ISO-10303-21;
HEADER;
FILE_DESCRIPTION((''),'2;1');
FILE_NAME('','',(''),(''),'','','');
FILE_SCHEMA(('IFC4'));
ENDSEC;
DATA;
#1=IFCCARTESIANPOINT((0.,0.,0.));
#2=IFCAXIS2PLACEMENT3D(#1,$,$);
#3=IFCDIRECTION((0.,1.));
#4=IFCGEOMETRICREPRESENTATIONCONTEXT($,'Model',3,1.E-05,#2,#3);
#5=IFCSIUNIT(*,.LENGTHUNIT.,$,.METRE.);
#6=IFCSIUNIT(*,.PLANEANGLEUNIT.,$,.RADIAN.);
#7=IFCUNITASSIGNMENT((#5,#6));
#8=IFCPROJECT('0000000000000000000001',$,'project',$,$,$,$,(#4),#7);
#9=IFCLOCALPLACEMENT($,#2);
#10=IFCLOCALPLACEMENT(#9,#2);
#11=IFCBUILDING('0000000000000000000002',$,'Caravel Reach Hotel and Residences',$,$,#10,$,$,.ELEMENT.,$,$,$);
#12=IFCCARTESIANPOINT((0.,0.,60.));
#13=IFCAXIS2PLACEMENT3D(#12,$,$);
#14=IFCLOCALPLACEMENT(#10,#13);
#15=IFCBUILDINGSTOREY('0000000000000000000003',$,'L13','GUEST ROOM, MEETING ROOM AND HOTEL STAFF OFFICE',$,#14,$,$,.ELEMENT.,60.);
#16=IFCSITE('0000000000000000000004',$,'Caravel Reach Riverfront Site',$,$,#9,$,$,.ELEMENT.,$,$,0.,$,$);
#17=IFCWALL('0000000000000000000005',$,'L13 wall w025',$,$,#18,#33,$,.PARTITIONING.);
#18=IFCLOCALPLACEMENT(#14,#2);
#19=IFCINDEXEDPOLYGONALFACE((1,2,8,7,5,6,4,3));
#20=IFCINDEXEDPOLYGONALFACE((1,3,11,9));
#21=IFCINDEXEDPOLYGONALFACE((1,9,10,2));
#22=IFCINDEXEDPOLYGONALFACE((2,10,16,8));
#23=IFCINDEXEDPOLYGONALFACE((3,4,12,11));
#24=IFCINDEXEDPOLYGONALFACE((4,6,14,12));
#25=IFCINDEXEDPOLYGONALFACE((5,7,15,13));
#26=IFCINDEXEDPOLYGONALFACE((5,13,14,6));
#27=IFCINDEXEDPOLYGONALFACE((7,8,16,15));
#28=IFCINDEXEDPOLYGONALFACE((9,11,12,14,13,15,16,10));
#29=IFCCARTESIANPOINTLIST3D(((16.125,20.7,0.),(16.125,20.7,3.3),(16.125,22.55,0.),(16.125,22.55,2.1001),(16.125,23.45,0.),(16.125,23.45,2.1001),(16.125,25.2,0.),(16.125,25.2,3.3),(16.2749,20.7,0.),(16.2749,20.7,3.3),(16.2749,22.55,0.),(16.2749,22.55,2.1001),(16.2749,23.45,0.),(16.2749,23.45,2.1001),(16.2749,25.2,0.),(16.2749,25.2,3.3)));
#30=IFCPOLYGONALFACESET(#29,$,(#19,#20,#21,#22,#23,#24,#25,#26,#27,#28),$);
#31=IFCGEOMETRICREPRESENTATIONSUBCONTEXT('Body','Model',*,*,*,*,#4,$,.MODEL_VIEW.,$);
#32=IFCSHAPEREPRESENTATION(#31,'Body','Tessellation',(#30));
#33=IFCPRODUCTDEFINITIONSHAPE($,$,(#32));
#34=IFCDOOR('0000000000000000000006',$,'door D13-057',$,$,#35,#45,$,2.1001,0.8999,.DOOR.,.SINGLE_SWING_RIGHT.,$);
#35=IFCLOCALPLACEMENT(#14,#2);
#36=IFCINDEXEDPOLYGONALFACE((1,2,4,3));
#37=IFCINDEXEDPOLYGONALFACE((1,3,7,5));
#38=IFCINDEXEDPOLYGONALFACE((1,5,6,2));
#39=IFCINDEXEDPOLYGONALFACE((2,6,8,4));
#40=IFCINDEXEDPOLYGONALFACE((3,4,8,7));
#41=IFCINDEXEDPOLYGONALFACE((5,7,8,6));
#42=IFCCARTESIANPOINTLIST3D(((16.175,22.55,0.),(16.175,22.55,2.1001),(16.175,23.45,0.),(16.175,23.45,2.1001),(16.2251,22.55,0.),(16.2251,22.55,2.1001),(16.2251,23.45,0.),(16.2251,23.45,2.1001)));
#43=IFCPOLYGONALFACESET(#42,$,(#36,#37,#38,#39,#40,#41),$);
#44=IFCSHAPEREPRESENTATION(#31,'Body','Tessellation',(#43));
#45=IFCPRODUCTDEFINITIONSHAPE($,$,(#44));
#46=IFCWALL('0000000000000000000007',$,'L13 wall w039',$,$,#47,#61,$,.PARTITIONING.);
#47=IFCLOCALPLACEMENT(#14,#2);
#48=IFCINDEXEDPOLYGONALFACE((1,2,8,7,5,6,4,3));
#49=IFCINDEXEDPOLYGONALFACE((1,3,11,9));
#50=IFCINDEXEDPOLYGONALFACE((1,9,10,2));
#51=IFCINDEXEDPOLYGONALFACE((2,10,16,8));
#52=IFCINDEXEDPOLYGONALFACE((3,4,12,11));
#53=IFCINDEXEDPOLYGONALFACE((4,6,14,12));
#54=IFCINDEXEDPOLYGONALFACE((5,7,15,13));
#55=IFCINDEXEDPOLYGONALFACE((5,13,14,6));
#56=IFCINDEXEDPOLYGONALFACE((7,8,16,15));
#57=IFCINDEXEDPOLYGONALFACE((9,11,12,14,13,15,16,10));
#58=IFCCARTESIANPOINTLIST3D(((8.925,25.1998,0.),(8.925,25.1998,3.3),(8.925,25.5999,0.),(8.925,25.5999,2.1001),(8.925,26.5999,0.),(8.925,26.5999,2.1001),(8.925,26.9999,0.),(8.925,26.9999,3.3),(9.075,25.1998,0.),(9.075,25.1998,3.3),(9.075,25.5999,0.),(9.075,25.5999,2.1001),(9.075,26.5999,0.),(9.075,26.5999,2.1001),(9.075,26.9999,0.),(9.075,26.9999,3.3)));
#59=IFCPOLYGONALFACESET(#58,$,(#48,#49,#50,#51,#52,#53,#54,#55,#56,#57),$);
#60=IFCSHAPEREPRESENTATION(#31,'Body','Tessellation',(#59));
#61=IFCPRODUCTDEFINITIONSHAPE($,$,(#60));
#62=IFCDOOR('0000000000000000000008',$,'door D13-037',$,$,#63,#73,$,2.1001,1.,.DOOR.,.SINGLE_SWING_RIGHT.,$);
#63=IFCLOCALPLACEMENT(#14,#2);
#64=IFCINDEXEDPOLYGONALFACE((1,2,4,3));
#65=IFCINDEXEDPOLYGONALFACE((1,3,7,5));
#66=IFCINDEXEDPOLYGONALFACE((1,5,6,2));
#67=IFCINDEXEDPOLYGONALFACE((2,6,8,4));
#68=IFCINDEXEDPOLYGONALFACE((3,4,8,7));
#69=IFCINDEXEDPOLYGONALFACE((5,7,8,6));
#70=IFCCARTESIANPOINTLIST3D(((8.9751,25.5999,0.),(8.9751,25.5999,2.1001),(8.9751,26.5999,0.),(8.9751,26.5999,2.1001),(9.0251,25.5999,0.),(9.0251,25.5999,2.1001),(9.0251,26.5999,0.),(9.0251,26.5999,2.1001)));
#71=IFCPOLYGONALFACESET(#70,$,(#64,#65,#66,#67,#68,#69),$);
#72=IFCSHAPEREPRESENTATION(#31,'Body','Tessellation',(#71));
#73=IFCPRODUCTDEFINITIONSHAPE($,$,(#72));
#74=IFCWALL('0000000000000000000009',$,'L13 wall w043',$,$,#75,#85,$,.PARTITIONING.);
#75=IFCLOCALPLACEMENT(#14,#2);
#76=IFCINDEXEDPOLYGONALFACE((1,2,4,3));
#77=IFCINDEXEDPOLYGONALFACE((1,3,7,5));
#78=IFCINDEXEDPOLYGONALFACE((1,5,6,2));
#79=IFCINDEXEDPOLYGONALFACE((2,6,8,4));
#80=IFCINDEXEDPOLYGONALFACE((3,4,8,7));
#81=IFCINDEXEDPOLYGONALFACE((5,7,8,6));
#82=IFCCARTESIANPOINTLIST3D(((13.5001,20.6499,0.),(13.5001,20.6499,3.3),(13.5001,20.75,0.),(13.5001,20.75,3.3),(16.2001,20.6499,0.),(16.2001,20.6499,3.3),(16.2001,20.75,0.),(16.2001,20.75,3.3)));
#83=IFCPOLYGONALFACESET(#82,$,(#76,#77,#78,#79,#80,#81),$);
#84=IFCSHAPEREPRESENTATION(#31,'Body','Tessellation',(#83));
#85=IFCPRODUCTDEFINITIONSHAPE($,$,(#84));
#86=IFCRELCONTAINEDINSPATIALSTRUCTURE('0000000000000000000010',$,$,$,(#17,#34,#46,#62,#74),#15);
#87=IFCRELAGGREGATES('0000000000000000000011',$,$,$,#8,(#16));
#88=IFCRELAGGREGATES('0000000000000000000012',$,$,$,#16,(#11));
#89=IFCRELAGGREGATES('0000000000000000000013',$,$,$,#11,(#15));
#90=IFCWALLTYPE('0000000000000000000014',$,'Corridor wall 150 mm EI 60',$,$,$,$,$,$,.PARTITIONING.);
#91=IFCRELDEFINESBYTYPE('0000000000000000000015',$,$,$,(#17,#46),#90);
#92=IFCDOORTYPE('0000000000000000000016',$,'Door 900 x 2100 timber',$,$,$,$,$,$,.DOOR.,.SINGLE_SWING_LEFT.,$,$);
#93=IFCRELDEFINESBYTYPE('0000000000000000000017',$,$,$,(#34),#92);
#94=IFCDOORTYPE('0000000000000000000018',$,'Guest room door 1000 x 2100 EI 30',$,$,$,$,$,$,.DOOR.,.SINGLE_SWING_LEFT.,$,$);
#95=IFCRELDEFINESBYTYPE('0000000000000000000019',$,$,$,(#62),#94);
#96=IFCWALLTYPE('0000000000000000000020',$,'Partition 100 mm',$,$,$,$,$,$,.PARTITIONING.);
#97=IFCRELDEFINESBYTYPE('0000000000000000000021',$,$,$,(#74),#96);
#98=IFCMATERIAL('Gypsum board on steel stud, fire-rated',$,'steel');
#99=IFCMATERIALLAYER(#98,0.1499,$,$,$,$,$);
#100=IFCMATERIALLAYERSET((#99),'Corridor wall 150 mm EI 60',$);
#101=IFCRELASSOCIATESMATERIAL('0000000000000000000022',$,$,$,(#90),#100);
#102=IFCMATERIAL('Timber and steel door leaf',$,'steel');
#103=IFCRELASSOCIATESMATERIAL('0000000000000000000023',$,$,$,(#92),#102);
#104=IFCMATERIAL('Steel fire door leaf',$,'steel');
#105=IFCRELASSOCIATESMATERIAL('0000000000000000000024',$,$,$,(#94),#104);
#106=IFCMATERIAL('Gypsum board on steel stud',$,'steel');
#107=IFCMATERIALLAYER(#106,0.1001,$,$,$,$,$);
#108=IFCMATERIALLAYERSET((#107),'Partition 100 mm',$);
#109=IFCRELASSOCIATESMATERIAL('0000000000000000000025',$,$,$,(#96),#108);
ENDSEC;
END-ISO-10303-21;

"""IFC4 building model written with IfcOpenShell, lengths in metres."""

from ifc_helpers import new_model, si_unit, direction, frame, frame_2d, origin, place, context, subcontext, project, spatial, rectangle, extrude, material, layer, layer_set, type_object, element, fill, save


model = new_model("IFC4")

# Units and contexts
model_context = context("Model", 3, precision=1e-05, world=origin(), true_north=direction((0.0, 1.0)))
body_context = subcontext(model_context, "Body", "Model", "MODEL_VIEW")
ifc_project = project(units=[si_unit("LENGTHUNIT", "METRE"), si_unit("PLANEANGLEUNIT", "RADIAN")], contexts=[model_context])

# Site, building, storey
site_placement = place(None, origin())
site = spatial("IfcSite", under=ifc_project, at=site_placement, Name="Caravel Reach Riverfront Site", CompositionType="ELEMENT", RefElevation=0.0)
building_placement = place(site_placement, origin())
building = spatial("IfcBuilding", under=site, at=building_placement, Name="Caravel Reach Hotel and Residences", CompositionType="ELEMENT")
storey_placement = place(building_placement, frame((0.0, 0.0, 60.0)))
storey = spatial("IfcBuildingStorey", under=building, at=storey_placement, Name="L13", Description="GUEST ROOM, MEETING ROOM AND HOTEL STAFF OFFICE", CompositionType="ELEMENT", Elevation=60.0)

# Shared definitions
ifc_material_1 = material(Name="Gypsum board on steel stud, fire-rated", Category="steel")
ifc_layer_1 = layer(ifc_material_1, 0.1499)
ifc_layer_set_1 = layer_set([ifc_layer_1], Name="Corridor wall 150 mm EI 60")
wall_type_1 = type_object("IfcWallType", Name="Corridor wall 150 mm EI 60", PredefinedType="PARTITIONING", material=ifc_layer_set_1)
ifc_material_2 = material(Name="Timber and steel door leaf", Category="steel")
door_type_1 = type_object("IfcDoorType", Name="Door 900 x 2100 timber", OperationType="SINGLE_SWING_LEFT", PredefinedType="DOOR", material=ifc_material_2)
ifc_material_3 = material(Name="Steel fire door leaf", Category="steel")
door_type_2 = type_object("IfcDoorType", Name="Guest room door 1000 x 2100 EI 30", OperationType="SINGLE_SWING_LEFT", PredefinedType="DOOR", material=ifc_material_3)

# Walls, openings, doors
wall_1_placement = place(storey_placement, frame((16.2, 20.7, 0.0), z_axis=(0.0, 0.0, 1.0), x_axis=(0.0, 1.0, 0.0)))
wall_1 = element("IfcWall", 1, at=wall_1_placement, inside=storey, type_object=wall_type_1, Name="L13 wall w025", PredefinedType="PARTITIONING", context=body_context, shape_type="SweptSolid", body=[
    extrude(rectangle(XDim=4.5, YDim=0.1499, at=frame_2d((2.25, 0.0))), origin(), (0.0, 0.0, 1.0), 3.3),
])
opening_1_placement = place(wall_1_placement, frame((1.8501, 0.0, 0.0)))
opening_1 = element("IfcOpeningElement", 2, at=opening_1_placement, cuts=wall_1, PredefinedType="OPENING", context=body_context, shape_type="SweptSolid", body=[
    extrude(rectangle(XDim=0.8999, YDim=2.1001, at=frame_2d((0.45, 1.05))), frame((0.0, 0.085, 0.0), z_axis=(0.0, -1.0, 0.0), x_axis=(1.0, 0.0, 0.0)), (0.0, 0.0, 1.0), 0.1699),
])
door_1_placement = place(opening_1_placement, origin())
door_1 = element("IfcDoor", 3, at=door_1_placement, inside=storey, type_object=door_type_1, Name="door D13-057", OperationType="SINGLE_SWING_RIGHT", OverallHeight=2.1001, OverallWidth=0.8999, PredefinedType="DOOR", context=body_context, shape_type="SweptSolid", body=[
    extrude(rectangle(XDim=0.8999, YDim=2.1001, at=frame_2d((0.45, 1.05))), frame((0.0, 0.0249, 0.0), z_axis=(0.0, -1.0, 0.0), x_axis=(1.0, 0.0, 0.0)), (0.0, 0.0, 1.0), 0.05),
])
fill(opening_1, door_1)
wall_2_placement = place(storey_placement, frame((9.0, 25.2, 0.0), z_axis=(0.0, 0.0, 1.0), x_axis=(0.0, 1.0, 0.0)))
wall_2 = element("IfcWall", 4, at=wall_2_placement, inside=storey, type_object=wall_type_1, Name="L13 wall w039", PredefinedType="PARTITIONING", context=body_context, shape_type="SweptSolid", body=[
    extrude(rectangle(XDim=1.8, YDim=0.1499, at=frame_2d((0.8999, 0.0))), origin(), (0.0, 0.0, 1.0), 3.3),
])
opening_2_placement = place(wall_2_placement, frame((0.3999, 0.0, 0.0)))
opening_2 = element("IfcOpeningElement", 5, at=opening_2_placement, cuts=wall_2, PredefinedType="OPENING", context=body_context, shape_type="SweptSolid", body=[
    extrude(rectangle(XDim=1.0, YDim=2.1001, at=frame_2d((0.5, 1.05))), frame((0.0, 0.085, 0.0), z_axis=(0.0, -1.0, 0.0), x_axis=(1.0, 0.0, 0.0)), (0.0, 0.0, 1.0), 0.1699),
])
door_2_placement = place(opening_2_placement, origin())
door_2 = element("IfcDoor", 6, at=door_2_placement, inside=storey, type_object=door_type_2, Name="door D13-037", OperationType="SINGLE_SWING_RIGHT", OverallHeight=2.1001, OverallWidth=1.0, PredefinedType="DOOR", context=body_context, shape_type="SweptSolid", body=[
    extrude(rectangle(XDim=1.0, YDim=2.1001, at=frame_2d((0.5, 1.05))), frame((0.0, 0.0249, 0.0), z_axis=(0.0, -1.0, 0.0), x_axis=(1.0, 0.0, 0.0)), (0.0, 0.0, 1.0), 0.05),
])
fill(opening_2, door_2)

# Wall
ifc_material_4 = material(Name="Gypsum board on steel stud", Category="steel")
ifc_layer_2 = layer(ifc_material_4, 0.1001)
ifc_layer_set_2 = layer_set([ifc_layer_2], Name="Partition 100 mm")
wall_type_2 = type_object("IfcWallType", Name="Partition 100 mm", PredefinedType="PARTITIONING", material=ifc_layer_set_2)
wall_3_placement = place(storey_placement, frame((13.5, 20.7, 0.0), z_axis=(0.0, 0.0, 1.0), x_axis=(1.0, 0.0, 0.0)))
element("IfcWall", 7, at=wall_3_placement, inside=storey, type_object=wall_type_2, Name="L13 wall w043", PredefinedType="PARTITIONING", context=body_context, shape_type="SweptSolid", body=[
    extrude(rectangle(XDim=2.7, YDim=0.1001, at=frame_2d((1.3501, 0.0))), origin(), (0.0, 0.0, 1.0), 3.3),
])

save(model, "model.ifc")
